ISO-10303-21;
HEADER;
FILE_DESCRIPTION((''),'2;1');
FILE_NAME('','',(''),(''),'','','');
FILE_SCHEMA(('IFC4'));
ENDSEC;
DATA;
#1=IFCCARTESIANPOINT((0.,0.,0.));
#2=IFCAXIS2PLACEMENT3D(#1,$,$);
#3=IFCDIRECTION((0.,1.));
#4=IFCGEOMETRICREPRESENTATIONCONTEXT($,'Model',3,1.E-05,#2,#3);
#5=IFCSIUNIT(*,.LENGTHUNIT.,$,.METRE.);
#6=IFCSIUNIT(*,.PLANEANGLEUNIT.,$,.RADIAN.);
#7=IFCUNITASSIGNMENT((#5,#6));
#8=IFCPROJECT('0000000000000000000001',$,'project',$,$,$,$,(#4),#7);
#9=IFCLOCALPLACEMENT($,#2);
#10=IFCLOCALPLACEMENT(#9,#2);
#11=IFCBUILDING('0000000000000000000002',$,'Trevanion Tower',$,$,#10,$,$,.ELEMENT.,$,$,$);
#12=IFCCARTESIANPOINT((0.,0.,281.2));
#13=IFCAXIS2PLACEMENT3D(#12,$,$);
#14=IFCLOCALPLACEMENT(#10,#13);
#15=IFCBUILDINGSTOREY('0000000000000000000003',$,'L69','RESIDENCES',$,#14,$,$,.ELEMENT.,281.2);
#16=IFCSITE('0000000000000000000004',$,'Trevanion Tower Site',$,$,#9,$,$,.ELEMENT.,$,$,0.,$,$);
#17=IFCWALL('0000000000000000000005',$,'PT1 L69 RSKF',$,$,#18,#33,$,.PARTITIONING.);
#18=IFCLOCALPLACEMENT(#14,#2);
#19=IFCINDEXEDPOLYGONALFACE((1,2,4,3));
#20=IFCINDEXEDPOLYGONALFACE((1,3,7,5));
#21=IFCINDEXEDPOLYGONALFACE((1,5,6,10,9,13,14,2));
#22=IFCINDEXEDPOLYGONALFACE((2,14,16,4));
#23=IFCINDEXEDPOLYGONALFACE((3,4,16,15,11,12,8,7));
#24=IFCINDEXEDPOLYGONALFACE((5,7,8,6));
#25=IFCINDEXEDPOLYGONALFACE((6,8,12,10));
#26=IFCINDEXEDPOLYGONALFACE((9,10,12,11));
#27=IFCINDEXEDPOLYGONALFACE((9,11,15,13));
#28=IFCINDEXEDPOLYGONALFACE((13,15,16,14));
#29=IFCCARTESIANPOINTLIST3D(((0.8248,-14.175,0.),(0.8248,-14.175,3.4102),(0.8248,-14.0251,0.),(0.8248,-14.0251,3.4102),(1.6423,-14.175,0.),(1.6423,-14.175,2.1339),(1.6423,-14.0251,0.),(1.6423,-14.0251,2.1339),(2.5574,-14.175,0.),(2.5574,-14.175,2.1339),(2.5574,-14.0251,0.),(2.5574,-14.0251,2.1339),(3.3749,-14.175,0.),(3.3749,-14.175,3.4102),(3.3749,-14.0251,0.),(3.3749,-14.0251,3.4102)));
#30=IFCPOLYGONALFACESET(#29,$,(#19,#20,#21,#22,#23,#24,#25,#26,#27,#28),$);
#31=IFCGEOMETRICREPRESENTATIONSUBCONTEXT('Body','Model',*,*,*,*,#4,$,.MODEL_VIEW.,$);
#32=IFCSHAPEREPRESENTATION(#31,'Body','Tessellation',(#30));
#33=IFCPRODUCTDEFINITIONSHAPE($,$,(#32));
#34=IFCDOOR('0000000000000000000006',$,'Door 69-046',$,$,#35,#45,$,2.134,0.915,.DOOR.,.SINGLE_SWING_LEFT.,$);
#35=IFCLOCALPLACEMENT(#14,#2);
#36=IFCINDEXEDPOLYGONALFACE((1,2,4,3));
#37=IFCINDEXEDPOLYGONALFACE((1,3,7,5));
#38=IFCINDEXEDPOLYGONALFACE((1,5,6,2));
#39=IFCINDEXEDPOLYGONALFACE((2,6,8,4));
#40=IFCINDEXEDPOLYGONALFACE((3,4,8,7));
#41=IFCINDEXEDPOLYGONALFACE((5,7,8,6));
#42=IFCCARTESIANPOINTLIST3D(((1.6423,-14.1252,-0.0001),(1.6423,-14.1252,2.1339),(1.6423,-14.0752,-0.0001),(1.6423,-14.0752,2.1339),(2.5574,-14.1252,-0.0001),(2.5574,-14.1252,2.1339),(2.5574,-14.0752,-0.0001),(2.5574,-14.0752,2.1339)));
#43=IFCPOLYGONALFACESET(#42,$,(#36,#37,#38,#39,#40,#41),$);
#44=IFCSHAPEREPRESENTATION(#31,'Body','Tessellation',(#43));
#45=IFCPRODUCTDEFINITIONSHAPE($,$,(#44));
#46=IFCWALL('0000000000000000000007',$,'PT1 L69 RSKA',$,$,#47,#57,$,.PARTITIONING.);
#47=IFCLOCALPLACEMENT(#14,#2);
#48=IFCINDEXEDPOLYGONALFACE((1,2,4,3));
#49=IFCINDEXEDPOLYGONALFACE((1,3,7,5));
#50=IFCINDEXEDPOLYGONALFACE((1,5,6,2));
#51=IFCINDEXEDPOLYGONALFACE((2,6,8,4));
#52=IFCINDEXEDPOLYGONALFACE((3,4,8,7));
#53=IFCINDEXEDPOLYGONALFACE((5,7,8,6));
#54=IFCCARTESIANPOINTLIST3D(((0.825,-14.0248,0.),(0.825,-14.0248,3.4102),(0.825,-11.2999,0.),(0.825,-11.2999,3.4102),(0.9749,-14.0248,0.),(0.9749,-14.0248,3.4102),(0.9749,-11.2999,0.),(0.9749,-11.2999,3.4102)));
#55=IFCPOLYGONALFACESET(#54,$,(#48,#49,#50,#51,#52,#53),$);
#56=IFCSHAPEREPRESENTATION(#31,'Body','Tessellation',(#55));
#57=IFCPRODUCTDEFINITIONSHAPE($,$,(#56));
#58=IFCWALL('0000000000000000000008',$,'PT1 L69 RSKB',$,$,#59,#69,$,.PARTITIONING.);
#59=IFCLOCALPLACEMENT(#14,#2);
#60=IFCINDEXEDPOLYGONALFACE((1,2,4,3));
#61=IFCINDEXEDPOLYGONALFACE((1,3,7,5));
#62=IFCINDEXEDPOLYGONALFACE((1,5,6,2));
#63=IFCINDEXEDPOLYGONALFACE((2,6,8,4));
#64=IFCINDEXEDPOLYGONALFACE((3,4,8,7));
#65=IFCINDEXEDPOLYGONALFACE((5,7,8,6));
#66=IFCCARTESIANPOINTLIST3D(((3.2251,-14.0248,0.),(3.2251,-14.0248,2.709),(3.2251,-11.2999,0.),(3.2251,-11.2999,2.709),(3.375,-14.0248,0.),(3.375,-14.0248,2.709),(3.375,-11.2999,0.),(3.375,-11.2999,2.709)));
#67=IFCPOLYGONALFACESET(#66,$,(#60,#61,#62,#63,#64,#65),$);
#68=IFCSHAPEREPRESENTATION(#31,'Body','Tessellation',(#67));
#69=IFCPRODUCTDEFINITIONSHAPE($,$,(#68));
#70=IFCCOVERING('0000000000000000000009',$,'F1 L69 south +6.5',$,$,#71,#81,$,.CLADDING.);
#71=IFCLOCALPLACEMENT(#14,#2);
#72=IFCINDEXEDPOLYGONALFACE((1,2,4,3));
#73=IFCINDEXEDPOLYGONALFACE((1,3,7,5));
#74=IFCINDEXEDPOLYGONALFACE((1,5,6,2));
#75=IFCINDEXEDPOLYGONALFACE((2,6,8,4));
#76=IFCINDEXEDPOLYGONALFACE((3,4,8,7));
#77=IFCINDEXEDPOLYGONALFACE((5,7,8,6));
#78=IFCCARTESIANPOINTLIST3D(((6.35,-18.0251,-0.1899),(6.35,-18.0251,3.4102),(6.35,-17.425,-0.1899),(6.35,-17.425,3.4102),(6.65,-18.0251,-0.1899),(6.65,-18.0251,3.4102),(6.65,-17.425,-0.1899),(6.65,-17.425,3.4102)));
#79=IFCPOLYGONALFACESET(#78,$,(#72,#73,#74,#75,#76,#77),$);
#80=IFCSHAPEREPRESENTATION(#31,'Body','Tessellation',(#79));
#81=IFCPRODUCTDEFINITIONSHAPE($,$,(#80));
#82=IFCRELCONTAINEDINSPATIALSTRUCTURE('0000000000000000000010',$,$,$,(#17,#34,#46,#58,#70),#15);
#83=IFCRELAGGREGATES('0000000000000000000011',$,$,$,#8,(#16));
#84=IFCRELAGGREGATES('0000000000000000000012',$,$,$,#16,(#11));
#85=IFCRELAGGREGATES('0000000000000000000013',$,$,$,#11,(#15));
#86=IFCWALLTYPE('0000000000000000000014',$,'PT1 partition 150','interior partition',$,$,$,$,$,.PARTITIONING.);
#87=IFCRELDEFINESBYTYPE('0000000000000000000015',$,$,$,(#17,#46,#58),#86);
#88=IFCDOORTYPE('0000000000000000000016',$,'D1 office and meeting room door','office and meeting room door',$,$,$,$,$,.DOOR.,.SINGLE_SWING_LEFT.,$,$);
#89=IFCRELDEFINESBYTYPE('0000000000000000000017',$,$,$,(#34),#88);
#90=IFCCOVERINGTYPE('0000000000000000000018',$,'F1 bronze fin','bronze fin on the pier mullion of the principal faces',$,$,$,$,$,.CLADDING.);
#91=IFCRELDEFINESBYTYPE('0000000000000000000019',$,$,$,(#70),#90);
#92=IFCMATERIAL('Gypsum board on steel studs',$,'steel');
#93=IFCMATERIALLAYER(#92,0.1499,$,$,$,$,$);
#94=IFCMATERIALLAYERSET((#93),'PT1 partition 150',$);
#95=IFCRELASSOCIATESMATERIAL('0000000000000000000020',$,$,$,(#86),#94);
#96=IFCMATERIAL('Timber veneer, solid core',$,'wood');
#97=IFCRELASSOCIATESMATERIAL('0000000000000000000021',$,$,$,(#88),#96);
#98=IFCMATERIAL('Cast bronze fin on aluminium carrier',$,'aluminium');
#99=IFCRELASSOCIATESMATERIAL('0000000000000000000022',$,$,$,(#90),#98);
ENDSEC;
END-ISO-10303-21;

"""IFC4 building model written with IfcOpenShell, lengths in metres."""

from ifc_helpers import new_model, si_unit, direction, frame, frame_2d, origin, origin_2d, place, context, subcontext, project, spatial, rectangle, extrude, material, layer, layer_set, type_object, element, fill, save


model = new_model("IFC4")

# Units and contexts
model_context = context("Model", 3, precision=1e-05, world=origin(), true_north=direction((0.0, 1.0)))
body_context = subcontext(model_context, "Body", "Model", "MODEL_VIEW")
ifc_project = project(units=[si_unit("LENGTHUNIT", "METRE"), si_unit("PLANEANGLEUNIT", "RADIAN")], contexts=[model_context])

# Site, building, storey
site_placement = place(None, origin())
site = spatial("IfcSite", under=ifc_project, at=site_placement, Name="Trevanion Tower Site", CompositionType="ELEMENT", RefElevation=0.0)
building_placement = place(site_placement, origin())
building = spatial("IfcBuilding", under=site, at=building_placement, Name="Trevanion Tower", CompositionType="ELEMENT")
storey_placement = place(building_placement, frame((0.0, 0.0, 281.2)))
storey = spatial("IfcBuildingStorey", under=building, at=storey_placement, Name="L69", Description="RESIDENCES", CompositionType="ELEMENT", Elevation=281.2)

# Wall, opening, door
ifc_material_1 = material(Name="Gypsum board on steel studs", Category="steel")
ifc_layer_1 = layer(ifc_material_1, 0.1499)
ifc_layer_set_1 = layer_set([ifc_layer_1], Name="PT1 partition 150")
wall_type_1 = type_object("IfcWallType", Name="PT1 partition 150", Description="interior partition", PredefinedType="PARTITIONING", material=ifc_layer_set_1)
wall_1_placement = place(storey_placement, frame((0.825, -14.1001, 0.0), z_axis=(0.0, 0.0, 1.0), x_axis=(1.0, 0.0, 0.0)))
wall_1 = element("IfcWall", 1, at=wall_1_placement, inside=storey, type_object=wall_type_1, Name="PT1 L69 RSKF", PredefinedType="PARTITIONING", context=body_context, shape_type="SweptSolid", body=[
    extrude(rectangle(XDim=2.55, YDim=0.1499, at=frame_2d((1.2749, 0.0))), origin(), (0.0, 0.0, 1.0), 3.4102),
])
opening_placement = place(wall_1_placement, frame((0.8174, 0.0, 0.0)))
opening = element("IfcOpeningElement", 2, at=opening_placement, cuts=wall_1, PredefinedType="OPENING", context=body_context, shape_type="SweptSolid", body=[
    extrude(rectangle(XDim=0.915, YDim=2.134, at=frame_2d((0.4575, 1.0669))), frame((0.0, 0.085, 0.0), z_axis=(0.0, -1.0, 0.0), x_axis=(1.0, 0.0, 0.0)), (0.0, 0.0, 1.0), 0.1699),
])
ifc_material_2 = material(Name="Timber veneer, solid core", Category="wood")
door_type = type_object("IfcDoorType", Name="D1 office and meeting room door", Description="office and meeting room door", OperationType="SINGLE_SWING_LEFT", PredefinedType="DOOR", material=ifc_material_2)
door_placement = place(opening_placement, origin())
door = element("IfcDoor", 3, at=door_placement, inside=storey, type_object=door_type, Name="Door 69-046", OperationType="SINGLE_SWING_LEFT", OverallHeight=2.134, OverallWidth=0.915, PredefinedType="DOOR", context=body_context, shape_type="SweptSolid", body=[
    extrude(rectangle(XDim=0.915, YDim=2.134, at=frame_2d((0.4575, 1.0669))), frame((0.0, 0.0249, 0.0), z_axis=(0.0, -1.0, 0.0), x_axis=(1.0, 0.0, 0.0)), (0.0, 0.0, 1.0), 0.05),
])
fill(opening, door)

# Walls
wall_2_placement = place(storey_placement, frame((0.8999, -11.3, 0.0), z_axis=(0.0, 0.0, 1.0), x_axis=(0.0, -1.0, 0.0)))
element("IfcWall", 4, at=wall_2_placement, inside=storey, type_object=wall_type_1, Name="PT1 L69 RSKA", PredefinedType="PARTITIONING", context=body_context, shape_type="SweptSolid", body=[
    extrude(rectangle(XDim=2.7249, YDim=0.1499, at=frame_2d((1.3623, 0.0))), origin(), (0.0, 0.0, 1.0), 3.4102),
])
wall_3_placement = place(storey_placement, frame((3.3, -11.3, 0.0), z_axis=(0.0, 0.0, 1.0), x_axis=(0.0, -1.0, 0.0)))
element("IfcWall", 5, at=wall_3_placement, inside=storey, type_object=wall_type_1, Name="PT1 L69 RSKB", PredefinedType="PARTITIONING", context=body_context, shape_type="SweptSolid", body=[
    extrude(rectangle(XDim=2.7249, YDim=0.1499, at=frame_2d((1.3623, 0.0))), origin(), (0.0, 0.0, 1.0), 2.709),
])

# Covering
ifc_material_3 = material(Name="Cast bronze fin on aluminium carrier", Category="aluminium")
covering_type = type_object("IfcCoveringType", Name="F1 bronze fin", Description="bronze fin on the pier mullion of the principal faces", PredefinedType="CLADDING", material=ifc_material_3)
covering_placement = place(storey_placement, frame((6.5, -17.7251, -0.1899), z_axis=(0.0, 0.0, 1.0), x_axis=(1.0, 0.0, 0.0)))
element("IfcCovering", 6, at=covering_placement, inside=storey, type_object=covering_type, Name="F1 L69 south +6.5", PredefinedType="CLADDING", context=body_context, shape_type="SweptSolid", body=[
    extrude(rectangle(XDim=0.3, YDim=0.6001, at=origin_2d()), origin(), (0.0, 0.0, 1.0), 3.6001),
])

save(model, "model.ifc")
